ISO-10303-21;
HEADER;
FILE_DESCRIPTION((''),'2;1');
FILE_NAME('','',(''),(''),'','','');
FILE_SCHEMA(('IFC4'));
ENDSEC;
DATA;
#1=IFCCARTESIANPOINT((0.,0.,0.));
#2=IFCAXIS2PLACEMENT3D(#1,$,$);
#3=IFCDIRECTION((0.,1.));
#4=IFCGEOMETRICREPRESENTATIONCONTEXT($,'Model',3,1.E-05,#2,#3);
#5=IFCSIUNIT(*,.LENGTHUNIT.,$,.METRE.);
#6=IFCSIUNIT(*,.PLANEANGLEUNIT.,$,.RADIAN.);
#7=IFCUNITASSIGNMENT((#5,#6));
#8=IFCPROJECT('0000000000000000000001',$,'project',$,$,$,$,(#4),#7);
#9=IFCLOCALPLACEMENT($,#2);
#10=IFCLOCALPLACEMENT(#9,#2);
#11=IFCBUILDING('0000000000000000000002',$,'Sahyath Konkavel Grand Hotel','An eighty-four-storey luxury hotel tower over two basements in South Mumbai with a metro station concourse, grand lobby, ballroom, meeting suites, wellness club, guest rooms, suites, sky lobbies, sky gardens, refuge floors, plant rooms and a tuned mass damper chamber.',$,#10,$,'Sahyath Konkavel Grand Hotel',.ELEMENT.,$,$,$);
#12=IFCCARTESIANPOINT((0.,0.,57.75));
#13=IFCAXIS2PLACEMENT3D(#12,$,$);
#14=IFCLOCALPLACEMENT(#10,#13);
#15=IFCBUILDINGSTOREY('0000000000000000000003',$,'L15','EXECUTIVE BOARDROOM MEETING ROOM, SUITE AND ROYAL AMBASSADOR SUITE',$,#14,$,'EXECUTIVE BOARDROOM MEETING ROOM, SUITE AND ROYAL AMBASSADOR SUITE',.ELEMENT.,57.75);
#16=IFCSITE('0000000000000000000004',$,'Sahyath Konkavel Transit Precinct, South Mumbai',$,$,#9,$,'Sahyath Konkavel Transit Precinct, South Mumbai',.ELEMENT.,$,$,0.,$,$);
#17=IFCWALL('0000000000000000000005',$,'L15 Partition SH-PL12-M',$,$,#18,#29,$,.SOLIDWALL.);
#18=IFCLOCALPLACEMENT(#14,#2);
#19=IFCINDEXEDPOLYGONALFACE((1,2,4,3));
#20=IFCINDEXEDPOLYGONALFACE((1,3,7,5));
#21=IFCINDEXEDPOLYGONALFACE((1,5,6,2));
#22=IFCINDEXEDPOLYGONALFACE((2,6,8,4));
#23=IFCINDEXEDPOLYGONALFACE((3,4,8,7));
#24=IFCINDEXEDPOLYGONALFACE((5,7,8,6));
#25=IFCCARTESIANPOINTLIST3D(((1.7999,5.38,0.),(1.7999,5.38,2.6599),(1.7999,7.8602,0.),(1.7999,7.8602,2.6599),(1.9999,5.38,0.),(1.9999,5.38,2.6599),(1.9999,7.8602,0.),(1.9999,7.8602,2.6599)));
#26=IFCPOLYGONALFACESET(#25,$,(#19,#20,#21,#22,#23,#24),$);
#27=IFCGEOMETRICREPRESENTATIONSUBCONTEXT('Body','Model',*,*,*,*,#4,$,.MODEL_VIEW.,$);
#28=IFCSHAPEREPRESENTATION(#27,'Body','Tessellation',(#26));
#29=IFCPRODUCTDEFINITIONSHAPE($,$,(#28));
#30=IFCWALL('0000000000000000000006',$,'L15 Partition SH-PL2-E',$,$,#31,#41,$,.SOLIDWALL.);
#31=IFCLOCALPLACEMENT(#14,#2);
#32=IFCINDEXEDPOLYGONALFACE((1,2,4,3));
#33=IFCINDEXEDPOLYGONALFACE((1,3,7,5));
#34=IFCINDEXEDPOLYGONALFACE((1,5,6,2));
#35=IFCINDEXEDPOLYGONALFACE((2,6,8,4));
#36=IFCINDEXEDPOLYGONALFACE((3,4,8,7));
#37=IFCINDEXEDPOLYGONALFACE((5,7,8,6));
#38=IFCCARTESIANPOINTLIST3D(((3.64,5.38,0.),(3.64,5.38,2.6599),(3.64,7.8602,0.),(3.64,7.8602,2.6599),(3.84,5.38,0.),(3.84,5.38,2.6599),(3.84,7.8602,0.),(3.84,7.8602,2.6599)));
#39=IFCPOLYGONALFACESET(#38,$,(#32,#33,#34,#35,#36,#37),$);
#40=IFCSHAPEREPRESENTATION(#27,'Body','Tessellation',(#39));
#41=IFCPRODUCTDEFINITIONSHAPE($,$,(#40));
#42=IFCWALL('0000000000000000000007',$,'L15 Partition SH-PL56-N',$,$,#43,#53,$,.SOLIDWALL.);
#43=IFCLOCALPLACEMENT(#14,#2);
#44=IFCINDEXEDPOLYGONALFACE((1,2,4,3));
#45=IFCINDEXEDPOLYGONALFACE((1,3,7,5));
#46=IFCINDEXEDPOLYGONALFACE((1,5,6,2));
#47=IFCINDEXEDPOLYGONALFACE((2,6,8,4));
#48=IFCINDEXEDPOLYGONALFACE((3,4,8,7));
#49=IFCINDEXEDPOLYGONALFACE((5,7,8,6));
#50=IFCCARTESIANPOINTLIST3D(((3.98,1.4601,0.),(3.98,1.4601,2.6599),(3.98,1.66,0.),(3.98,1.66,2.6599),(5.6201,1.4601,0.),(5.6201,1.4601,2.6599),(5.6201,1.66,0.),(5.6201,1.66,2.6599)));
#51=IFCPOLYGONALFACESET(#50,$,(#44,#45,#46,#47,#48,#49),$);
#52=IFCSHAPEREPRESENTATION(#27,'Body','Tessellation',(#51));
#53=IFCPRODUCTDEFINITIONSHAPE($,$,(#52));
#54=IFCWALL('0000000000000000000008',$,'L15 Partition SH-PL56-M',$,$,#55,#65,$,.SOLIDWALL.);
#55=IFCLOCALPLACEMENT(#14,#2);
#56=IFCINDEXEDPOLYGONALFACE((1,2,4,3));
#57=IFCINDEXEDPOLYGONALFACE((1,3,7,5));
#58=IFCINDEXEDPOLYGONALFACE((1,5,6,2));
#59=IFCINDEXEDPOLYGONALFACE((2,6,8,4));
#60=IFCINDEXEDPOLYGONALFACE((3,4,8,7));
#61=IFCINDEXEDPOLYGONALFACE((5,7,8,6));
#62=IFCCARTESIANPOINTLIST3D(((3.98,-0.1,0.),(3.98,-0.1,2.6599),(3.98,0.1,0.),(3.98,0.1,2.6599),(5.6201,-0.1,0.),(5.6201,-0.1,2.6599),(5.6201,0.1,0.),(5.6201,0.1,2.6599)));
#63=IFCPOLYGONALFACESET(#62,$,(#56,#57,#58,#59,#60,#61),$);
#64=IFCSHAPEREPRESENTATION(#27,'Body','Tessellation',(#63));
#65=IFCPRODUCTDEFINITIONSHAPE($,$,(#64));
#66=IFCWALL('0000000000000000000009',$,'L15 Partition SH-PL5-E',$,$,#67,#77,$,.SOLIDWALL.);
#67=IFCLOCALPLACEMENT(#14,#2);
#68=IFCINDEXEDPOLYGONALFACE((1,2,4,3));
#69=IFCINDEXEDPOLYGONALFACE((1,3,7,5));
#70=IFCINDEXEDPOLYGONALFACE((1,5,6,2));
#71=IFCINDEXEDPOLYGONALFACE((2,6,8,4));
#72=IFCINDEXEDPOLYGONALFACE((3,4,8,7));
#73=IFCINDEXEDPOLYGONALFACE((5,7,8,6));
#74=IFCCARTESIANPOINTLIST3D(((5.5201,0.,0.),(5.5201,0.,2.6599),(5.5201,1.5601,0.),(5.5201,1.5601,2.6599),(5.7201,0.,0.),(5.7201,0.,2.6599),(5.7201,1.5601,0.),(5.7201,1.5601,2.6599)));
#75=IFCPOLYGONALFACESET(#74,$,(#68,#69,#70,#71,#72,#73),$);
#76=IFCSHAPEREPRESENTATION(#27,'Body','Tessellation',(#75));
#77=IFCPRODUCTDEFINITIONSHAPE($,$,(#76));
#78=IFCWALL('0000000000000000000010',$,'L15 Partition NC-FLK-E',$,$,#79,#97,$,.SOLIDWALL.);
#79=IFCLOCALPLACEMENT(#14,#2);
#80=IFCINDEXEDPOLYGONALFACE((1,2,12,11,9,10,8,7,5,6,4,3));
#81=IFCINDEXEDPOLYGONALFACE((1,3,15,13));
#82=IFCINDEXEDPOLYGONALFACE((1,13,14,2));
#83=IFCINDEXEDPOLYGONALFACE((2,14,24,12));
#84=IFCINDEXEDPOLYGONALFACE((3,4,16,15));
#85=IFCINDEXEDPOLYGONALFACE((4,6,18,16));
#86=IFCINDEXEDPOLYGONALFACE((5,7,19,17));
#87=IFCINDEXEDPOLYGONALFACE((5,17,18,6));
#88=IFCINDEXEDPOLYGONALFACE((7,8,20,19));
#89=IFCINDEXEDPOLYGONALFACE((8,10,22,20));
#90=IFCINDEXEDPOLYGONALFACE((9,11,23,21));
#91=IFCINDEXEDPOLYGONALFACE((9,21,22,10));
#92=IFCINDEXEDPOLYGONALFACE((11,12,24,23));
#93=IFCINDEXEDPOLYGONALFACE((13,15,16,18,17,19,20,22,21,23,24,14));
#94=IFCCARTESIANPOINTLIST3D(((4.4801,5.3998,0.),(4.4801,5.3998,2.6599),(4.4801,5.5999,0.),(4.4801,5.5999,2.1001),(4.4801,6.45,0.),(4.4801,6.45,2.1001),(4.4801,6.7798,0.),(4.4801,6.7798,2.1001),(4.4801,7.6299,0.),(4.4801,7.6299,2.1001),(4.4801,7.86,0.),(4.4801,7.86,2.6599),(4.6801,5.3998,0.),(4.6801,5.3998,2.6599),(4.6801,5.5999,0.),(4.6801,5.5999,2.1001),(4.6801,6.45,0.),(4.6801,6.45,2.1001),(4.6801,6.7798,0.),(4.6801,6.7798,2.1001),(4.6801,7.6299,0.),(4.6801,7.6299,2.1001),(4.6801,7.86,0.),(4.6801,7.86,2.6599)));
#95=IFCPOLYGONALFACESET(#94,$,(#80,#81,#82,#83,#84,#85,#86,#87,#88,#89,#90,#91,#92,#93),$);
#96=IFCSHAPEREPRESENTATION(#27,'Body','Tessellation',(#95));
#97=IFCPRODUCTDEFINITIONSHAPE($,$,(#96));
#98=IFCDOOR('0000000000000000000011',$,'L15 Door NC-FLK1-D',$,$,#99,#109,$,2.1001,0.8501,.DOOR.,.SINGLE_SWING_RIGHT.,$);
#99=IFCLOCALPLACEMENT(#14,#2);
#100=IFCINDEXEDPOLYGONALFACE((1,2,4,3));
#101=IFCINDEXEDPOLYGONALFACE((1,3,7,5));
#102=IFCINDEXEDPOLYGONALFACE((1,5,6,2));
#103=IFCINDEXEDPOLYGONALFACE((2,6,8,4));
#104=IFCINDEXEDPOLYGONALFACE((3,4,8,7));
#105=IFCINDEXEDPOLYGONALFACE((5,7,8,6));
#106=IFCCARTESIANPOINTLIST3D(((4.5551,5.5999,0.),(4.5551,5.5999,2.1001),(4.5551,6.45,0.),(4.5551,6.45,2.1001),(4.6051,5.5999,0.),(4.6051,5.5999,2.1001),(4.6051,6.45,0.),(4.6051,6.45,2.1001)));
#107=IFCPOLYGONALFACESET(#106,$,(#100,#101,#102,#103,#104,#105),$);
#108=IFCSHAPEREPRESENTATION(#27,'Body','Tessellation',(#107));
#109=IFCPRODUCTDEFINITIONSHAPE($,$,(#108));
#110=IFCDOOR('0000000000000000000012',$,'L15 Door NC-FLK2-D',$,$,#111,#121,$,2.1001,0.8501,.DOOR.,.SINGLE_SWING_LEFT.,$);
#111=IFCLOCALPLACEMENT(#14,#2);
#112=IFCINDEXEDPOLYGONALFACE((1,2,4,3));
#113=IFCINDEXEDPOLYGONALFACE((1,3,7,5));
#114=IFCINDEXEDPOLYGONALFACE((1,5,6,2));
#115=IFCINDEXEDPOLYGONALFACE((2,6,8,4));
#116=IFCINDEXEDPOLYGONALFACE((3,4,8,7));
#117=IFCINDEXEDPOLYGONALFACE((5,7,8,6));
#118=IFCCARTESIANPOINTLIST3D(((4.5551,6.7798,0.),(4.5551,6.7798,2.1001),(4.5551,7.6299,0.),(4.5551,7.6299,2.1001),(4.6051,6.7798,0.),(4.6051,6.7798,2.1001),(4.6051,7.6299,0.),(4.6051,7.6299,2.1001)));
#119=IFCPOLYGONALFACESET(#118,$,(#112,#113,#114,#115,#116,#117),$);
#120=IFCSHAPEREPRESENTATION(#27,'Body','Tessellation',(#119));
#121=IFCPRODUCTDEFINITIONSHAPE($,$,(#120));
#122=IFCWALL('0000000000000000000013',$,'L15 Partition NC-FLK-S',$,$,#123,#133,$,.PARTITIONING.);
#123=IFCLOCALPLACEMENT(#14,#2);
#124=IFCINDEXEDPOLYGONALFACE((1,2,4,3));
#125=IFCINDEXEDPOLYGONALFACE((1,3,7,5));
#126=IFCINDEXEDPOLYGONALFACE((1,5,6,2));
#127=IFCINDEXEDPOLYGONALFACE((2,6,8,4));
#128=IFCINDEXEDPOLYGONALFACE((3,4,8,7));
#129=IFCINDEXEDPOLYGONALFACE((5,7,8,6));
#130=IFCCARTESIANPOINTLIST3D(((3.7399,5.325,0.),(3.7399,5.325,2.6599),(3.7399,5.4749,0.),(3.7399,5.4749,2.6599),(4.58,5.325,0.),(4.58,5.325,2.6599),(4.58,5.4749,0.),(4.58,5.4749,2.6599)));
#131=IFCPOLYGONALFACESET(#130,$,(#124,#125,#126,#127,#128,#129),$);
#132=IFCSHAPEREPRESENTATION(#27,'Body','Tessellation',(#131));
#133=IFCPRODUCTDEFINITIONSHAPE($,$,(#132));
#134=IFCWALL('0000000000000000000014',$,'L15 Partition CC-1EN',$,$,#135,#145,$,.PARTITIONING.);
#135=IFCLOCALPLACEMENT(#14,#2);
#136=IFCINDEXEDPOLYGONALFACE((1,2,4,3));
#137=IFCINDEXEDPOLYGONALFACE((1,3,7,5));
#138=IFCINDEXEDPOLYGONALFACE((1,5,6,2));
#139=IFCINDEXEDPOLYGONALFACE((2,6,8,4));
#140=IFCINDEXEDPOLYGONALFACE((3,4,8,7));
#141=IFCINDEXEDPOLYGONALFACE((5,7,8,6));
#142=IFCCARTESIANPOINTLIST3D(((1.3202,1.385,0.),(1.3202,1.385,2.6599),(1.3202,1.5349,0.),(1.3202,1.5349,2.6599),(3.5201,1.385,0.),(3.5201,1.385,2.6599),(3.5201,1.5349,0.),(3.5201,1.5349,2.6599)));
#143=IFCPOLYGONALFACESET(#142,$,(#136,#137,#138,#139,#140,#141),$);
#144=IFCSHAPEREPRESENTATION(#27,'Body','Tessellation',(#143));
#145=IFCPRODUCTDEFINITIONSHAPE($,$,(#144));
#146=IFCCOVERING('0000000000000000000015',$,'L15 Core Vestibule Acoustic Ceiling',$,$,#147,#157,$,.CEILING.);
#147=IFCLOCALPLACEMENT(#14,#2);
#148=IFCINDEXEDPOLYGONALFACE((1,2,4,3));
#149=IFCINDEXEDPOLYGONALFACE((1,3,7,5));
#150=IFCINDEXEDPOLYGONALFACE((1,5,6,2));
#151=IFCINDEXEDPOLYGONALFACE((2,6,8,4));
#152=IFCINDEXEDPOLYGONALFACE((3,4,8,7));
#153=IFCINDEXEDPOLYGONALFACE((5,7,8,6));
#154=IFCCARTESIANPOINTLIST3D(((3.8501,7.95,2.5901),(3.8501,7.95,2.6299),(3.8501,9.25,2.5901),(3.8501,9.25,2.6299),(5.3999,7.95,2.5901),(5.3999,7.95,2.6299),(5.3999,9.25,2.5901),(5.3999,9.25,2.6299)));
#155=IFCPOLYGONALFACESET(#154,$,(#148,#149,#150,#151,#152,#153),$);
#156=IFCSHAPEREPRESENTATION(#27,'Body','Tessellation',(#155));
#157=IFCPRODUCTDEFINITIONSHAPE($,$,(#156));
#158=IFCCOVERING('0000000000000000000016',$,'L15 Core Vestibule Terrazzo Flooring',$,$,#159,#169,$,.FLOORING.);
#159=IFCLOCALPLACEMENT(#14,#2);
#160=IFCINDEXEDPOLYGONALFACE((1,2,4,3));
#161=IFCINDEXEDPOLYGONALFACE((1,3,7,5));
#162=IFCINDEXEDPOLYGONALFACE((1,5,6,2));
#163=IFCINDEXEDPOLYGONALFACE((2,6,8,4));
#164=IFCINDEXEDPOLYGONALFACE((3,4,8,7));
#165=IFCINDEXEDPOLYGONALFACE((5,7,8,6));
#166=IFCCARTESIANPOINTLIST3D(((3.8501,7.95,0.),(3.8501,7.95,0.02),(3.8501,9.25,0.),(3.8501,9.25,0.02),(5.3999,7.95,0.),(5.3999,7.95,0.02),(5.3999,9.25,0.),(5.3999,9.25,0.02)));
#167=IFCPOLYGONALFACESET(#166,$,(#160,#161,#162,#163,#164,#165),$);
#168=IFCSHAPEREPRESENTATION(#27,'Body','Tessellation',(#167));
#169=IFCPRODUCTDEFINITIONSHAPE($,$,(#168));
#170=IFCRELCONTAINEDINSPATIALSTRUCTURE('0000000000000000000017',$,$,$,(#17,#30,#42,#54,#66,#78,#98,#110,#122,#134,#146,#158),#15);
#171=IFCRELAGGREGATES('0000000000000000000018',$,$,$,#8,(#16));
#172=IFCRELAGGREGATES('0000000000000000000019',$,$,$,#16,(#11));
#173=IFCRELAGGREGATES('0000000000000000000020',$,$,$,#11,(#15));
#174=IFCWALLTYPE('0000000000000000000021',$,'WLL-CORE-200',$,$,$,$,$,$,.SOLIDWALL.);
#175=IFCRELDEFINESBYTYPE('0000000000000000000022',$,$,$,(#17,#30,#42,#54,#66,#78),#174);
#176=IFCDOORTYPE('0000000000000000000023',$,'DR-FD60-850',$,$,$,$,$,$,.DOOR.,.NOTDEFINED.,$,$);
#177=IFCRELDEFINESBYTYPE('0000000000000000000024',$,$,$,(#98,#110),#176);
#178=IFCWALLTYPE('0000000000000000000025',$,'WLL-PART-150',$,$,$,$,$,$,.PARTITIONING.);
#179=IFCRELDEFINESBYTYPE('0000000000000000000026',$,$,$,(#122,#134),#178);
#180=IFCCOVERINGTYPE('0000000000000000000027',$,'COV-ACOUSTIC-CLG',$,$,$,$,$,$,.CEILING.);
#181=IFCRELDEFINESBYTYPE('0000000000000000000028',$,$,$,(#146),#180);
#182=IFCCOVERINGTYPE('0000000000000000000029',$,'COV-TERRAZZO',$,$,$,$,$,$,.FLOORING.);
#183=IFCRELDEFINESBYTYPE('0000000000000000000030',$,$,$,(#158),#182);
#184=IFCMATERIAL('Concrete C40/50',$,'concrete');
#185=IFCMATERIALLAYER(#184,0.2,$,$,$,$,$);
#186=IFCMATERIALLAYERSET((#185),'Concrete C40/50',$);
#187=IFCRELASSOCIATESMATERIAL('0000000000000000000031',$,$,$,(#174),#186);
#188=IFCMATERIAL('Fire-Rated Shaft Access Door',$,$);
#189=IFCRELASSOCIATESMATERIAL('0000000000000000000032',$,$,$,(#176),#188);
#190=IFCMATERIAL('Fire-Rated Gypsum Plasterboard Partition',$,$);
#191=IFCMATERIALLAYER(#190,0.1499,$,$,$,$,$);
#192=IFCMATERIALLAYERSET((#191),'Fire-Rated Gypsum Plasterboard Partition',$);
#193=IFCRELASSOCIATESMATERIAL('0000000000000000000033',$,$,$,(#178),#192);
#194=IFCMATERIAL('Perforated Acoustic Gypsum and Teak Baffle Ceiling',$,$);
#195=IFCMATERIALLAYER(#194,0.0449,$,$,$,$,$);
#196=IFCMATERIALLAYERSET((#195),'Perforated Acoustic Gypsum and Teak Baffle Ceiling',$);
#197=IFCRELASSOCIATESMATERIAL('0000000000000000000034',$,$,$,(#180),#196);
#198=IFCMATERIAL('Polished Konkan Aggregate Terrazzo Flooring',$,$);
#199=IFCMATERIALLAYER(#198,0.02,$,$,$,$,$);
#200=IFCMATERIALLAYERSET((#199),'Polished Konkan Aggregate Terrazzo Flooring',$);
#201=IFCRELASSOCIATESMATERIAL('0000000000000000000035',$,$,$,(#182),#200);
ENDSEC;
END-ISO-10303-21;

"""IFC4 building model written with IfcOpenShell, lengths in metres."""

from ifc_helpers import new_model, si_unit, direction, frame, frame_2d, origin, origin_2d, place, context, subcontext, project, spatial, polyline, rectangle, outline, extrude, source, transform, mapped, material, layer, layer_set, type_object, element, fill, save


model = new_model("IFC4")

# Units and contexts
model_context = context("Model", 3, precision=1e-05, world=origin(), true_north=direction((0.0, 1.0)))
body_context = subcontext(model_context, "Body", "Model", "MODEL_VIEW")
ifc_project = project(units=[si_unit("LENGTHUNIT", "METRE"), si_unit("PLANEANGLEUNIT", "RADIAN")], contexts=[model_context])

# Site, building, storey
site_placement = place(None, origin())
site = spatial("IfcSite", under=ifc_project, at=site_placement, Name="Sahyath Konkavel Transit Precinct, South Mumbai", LongName="Sahyath Konkavel Transit Precinct, South Mumbai", CompositionType="ELEMENT", RefElevation=0.0)
building_placement = place(site_placement, origin())
building = spatial("IfcBuilding", under=site, at=building_placement, Name="Sahyath Konkavel Grand Hotel", Description="An eighty-four-storey luxury hotel tower over two basements in South Mumbai with a metro station concourse, grand lobby, ballroom, meeting suites, wellness club, guest rooms, suites, sky lobbies, sky gardens, refuge floors, plant rooms and a tuned mass damper chamber.", LongName="Sahyath Konkavel Grand Hotel", CompositionType="ELEMENT")
storey_placement = place(building_placement, frame((0.0, 0.0, 57.75)))
storey = spatial("IfcBuildingStorey", under=building, at=storey_placement, Name="L15", Description="EXECUTIVE BOARDROOM MEETING ROOM, SUITE AND ROYAL AMBASSADOR SUITE", LongName="EXECUTIVE BOARDROOM MEETING ROOM, SUITE AND ROYAL AMBASSADOR SUITE", CompositionType="ELEMENT", Elevation=57.75)

# Shared definitions
ifc_material_1 = material(Name="Concrete C40/50", Category="concrete")

# Shared definitions
ifc_layer_1 = layer(ifc_material_1, 0.2)
ifc_layer_set_1 = layer_set([ifc_layer_1], Name="Concrete C40/50")
wall_type_1 = type_object("IfcWallType", Name="WLL-CORE-200", PredefinedType="SOLIDWALL", material=ifc_layer_set_1)

# Walls
for number, where, z_axis, x_axis, name in (
    (1, (1.8999, 5.3799, 0.0), (0.0, 0.0, 1.0), (0.0, 1.0, 0.0), "L15 Partition SH-PL12-M"),
    (2, (3.74, 5.3799, 0.0), (0.0, 0.0, 1.0), (0.0, 1.0, 0.0), "L15 Partition SH-PL2-E"),
):
    element("IfcWall", number, at=place(storey_placement, frame(where, z_axis=z_axis, x_axis=x_axis)), inside=storey, type_object=wall_type_1, Name=name, PredefinedType="SOLIDWALL", context=body_context, shape_type="SweptSolid", body=[
        extrude(rectangle(XDim=2.4802, YDim=0.2, at=frame_2d((1.2402, 0.0))), origin(), (0.0, 0.0, 1.0), 2.6599),
    ])
for number, where, z_axis, x_axis, name in (
    (3, (3.98, 1.5601, 0.0), (0.0, 0.0, 1.0), (1.0, 0.0, 0.0), "L15 Partition SH-PL56-N"),
    (4, (3.98, 0.0, 0.0), (0.0, 0.0, 1.0), (1.0, 0.0, 0.0), "L15 Partition SH-PL56-M"),
):
    element("IfcWall", number, at=place(storey_placement, frame(where, z_axis=z_axis, x_axis=x_axis)), inside=storey, type_object=wall_type_1, Name=name, PredefinedType="SOLIDWALL", context=body_context, shape_type="SweptSolid", body=[
        extrude(rectangle(XDim=1.6401, YDim=0.2, at=frame_2d((0.8201, 0.0))), origin(), (0.0, 0.0, 1.0), 2.6599),
    ])
wall_1_placement = place(storey_placement, frame((5.6201, 0.0, 0.0), z_axis=(0.0, 0.0, 1.0), x_axis=(0.0, 1.0, 0.0)))
element("IfcWall", 5, at=wall_1_placement, inside=storey, type_object=wall_type_1, Name="L15 Partition SH-PL5-E", PredefinedType="SOLIDWALL", context=body_context, shape_type="SweptSolid", body=[
    extrude(rectangle(XDim=1.5601, YDim=0.2, at=frame_2d((0.78, 0.0))), origin(), (0.0, 0.0, 1.0), 2.6599),
])

# Wall, openings, doors
wall_2_placement = place(storey_placement, frame((4.5801, 5.3999, 0.0), z_axis=(0.0, 0.0, 1.0), x_axis=(0.0, 1.0, 0.0)))
wall_2 = element("IfcWall", 6, at=wall_2_placement, inside=storey, type_object=wall_type_1, Name="L15 Partition NC-FLK-E", PredefinedType="SOLIDWALL", context=body_context, shape_type="SweptSolid", body=[
    extrude(rectangle(XDim=2.4602, YDim=0.2, at=frame_2d((1.23, 0.0))), origin(), (0.0, 0.0, 1.0), 2.6599),
])
opening_1_placement = place(wall_2_placement, frame((0.2, 0.0, 0.0)))
opening_1 = element("IfcOpeningElement", 7, at=opening_1_placement, cuts=wall_2, PredefinedType="OPENING", context=body_context, shape_type="SweptSolid", body=[
    extrude(rectangle(XDim=0.8501, YDim=2.1001, at=frame_2d((0.425, 1.05))), frame((0.0, 0.1099, 0.0), z_axis=(0.0, -1.0, 0.0), x_axis=(1.0, 0.0, 0.0)), (0.0, 0.0, 1.0), 0.22),
])
opening_2_placement = place(wall_2_placement, frame((1.3799, 0.0, 0.0)))
opening_2 = element("IfcOpeningElement", 8, at=opening_2_placement, cuts=wall_2, PredefinedType="OPENING", context=body_context, shape_type="SweptSolid", body=[
    extrude(rectangle(XDim=0.8501, YDim=2.1001, at=frame_2d((0.425, 1.05))), frame((0.0, 0.1099, 0.0), z_axis=(0.0, -1.0, 0.0), x_axis=(1.0, 0.0, 0.0)), (0.0, 0.0, 1.0), 0.22),
])
ifc_material_2 = material(Name="Fire-Rated Shaft Access Door")
door_type_1 = type_object("IfcDoorType", Name="DR-FD60-850", OperationType="NOTDEFINED", PredefinedType="DOOR", material=ifc_material_2)
shared_shape_1 = source(origin(), body_context, "Body", "SweptSolid", [
    extrude(rectangle(XDim=0.8501, YDim=0.05, at=origin_2d()), origin(), (0.0, 0.0, 1.0), 2.1001),
])
door_1_placement = place(opening_1_placement, frame((0.425, 0.0, 0.0)))
door_1 = element("IfcDoor", 9, at=door_1_placement, inside=storey, type_object=door_type_1, Name="L15 Door NC-FLK1-D", OperationType="SINGLE_SWING_RIGHT", OverallHeight=2.1001, OverallWidth=0.8501, PredefinedType="DOOR", context=body_context, shape_type="MappedRepresentation", body=[
    mapped(shared_shape_1, transform((0.0, 0.0, 0.0), scale=1.0)),
])
fill(opening_1, door_1)
door_2_placement = place(opening_2_placement, frame((0.425, 0.0, 0.0)))
door_2 = element("IfcDoor", 10, at=door_2_placement, inside=storey, type_object=door_type_1, Name="L15 Door NC-FLK2-D", OperationType="SINGLE_SWING_LEFT", OverallHeight=2.1001, OverallWidth=0.8501, PredefinedType="DOOR", context=body_context, shape_type="MappedRepresentation", body=[
    mapped(shared_shape_1, transform((0.0, 0.0, 0.0), scale=1.0)),
])
fill(opening_2, door_2)

# Walls
ifc_material_3 = material(Name="Fire-Rated Gypsum Plasterboard Partition")
ifc_layer_2 = layer(ifc_material_3, 0.1499)
ifc_layer_set_2 = layer_set([ifc_layer_2], Name="Fire-Rated Gypsum Plasterboard Partition")
wall_type_2 = type_object("IfcWallType", Name="WLL-PART-150", PredefinedType="PARTITIONING", material=ifc_layer_set_2)
wall_3_placement = place(storey_placement, frame((3.74, 5.3999, 0.0), z_axis=(0.0, 0.0, 1.0), x_axis=(1.0, 0.0, 0.0)))
element("IfcWall", 11, at=wall_3_placement, inside=storey, type_object=wall_type_2, Name="L15 Partition NC-FLK-S", PredefinedType="PARTITIONING", context=body_context, shape_type="SweptSolid", body=[
    extrude(rectangle(XDim=0.8401, YDim=0.1499, at=frame_2d((0.4199, 0.0))), origin(), (0.0, 0.0, 1.0), 2.6599),
])
wall_4_placement = place(storey_placement, frame((1.3201, 1.46, 0.0), z_axis=(0.0, 0.0, 1.0), x_axis=(1.0, 0.0, 0.0)))
element("IfcWall", 12, at=wall_4_placement, inside=storey, type_object=wall_type_2, Name="L15 Partition CC-1EN", PredefinedType="PARTITIONING", context=body_context, shape_type="SweptSolid", body=[
    extrude(rectangle(XDim=2.2, YDim=0.1499, at=frame_2d((1.1001, 0.0))), origin(), (0.0, 0.0, 1.0), 2.6599),
])

# Coverings
ifc_material_4 = material(Name="Perforated Acoustic Gypsum and Teak Baffle Ceiling")
ifc_layer_3 = layer(ifc_material_4, 0.0449)
ifc_layer_set_3 = layer_set([ifc_layer_3], Name="Perforated Acoustic Gypsum and Teak Baffle Ceiling")
covering_type_1 = type_object("IfcCoveringType", Name="COV-ACOUSTIC-CLG", PredefinedType="CEILING", material=ifc_layer_set_3)
covering_1_placement = place(storey_placement, frame((0.0, 0.0, 2.5901)))
element("IfcCovering", 13, at=covering_1_placement, inside=storey, type_object=covering_type_1, Name="L15 Core Vestibule Acoustic Ceiling", PredefinedType="CEILING", context=body_context, shape_type="SweptSolid", body=[
    extrude(outline(polyline([(3.8501, 7.95), (5.3999, 7.95), (5.3999, 9.25), (3.8501, 9.25), (3.8501, 7.95)])), origin(), (0.0, 0.0, 1.0), 0.0398),
])
ifc_material_5 = material(Name="Polished Konkan Aggregate Terrazzo Flooring")
ifc_layer_4 = layer(ifc_material_5, 0.02)
ifc_layer_set_4 = layer_set([ifc_layer_4], Name="Polished Konkan Aggregate Terrazzo Flooring")
covering_type_2 = type_object("IfcCoveringType", Name="COV-TERRAZZO", PredefinedType="FLOORING", material=ifc_layer_set_4)
covering_2_placement = place(storey_placement, origin())
element("IfcCovering", 14, at=covering_2_placement, inside=storey, type_object=covering_type_2, Name="L15 Core Vestibule Terrazzo Flooring", PredefinedType="FLOORING", context=body_context, shape_type="SweptSolid", body=[
    extrude(outline(polyline([(3.8501, 7.95), (5.3999, 7.95), (5.3999, 9.25), (3.8501, 9.25), (3.8501, 7.95)])), origin(), (0.0, 0.0, 1.0), 0.02),
])

save(model, "model.ifc")
